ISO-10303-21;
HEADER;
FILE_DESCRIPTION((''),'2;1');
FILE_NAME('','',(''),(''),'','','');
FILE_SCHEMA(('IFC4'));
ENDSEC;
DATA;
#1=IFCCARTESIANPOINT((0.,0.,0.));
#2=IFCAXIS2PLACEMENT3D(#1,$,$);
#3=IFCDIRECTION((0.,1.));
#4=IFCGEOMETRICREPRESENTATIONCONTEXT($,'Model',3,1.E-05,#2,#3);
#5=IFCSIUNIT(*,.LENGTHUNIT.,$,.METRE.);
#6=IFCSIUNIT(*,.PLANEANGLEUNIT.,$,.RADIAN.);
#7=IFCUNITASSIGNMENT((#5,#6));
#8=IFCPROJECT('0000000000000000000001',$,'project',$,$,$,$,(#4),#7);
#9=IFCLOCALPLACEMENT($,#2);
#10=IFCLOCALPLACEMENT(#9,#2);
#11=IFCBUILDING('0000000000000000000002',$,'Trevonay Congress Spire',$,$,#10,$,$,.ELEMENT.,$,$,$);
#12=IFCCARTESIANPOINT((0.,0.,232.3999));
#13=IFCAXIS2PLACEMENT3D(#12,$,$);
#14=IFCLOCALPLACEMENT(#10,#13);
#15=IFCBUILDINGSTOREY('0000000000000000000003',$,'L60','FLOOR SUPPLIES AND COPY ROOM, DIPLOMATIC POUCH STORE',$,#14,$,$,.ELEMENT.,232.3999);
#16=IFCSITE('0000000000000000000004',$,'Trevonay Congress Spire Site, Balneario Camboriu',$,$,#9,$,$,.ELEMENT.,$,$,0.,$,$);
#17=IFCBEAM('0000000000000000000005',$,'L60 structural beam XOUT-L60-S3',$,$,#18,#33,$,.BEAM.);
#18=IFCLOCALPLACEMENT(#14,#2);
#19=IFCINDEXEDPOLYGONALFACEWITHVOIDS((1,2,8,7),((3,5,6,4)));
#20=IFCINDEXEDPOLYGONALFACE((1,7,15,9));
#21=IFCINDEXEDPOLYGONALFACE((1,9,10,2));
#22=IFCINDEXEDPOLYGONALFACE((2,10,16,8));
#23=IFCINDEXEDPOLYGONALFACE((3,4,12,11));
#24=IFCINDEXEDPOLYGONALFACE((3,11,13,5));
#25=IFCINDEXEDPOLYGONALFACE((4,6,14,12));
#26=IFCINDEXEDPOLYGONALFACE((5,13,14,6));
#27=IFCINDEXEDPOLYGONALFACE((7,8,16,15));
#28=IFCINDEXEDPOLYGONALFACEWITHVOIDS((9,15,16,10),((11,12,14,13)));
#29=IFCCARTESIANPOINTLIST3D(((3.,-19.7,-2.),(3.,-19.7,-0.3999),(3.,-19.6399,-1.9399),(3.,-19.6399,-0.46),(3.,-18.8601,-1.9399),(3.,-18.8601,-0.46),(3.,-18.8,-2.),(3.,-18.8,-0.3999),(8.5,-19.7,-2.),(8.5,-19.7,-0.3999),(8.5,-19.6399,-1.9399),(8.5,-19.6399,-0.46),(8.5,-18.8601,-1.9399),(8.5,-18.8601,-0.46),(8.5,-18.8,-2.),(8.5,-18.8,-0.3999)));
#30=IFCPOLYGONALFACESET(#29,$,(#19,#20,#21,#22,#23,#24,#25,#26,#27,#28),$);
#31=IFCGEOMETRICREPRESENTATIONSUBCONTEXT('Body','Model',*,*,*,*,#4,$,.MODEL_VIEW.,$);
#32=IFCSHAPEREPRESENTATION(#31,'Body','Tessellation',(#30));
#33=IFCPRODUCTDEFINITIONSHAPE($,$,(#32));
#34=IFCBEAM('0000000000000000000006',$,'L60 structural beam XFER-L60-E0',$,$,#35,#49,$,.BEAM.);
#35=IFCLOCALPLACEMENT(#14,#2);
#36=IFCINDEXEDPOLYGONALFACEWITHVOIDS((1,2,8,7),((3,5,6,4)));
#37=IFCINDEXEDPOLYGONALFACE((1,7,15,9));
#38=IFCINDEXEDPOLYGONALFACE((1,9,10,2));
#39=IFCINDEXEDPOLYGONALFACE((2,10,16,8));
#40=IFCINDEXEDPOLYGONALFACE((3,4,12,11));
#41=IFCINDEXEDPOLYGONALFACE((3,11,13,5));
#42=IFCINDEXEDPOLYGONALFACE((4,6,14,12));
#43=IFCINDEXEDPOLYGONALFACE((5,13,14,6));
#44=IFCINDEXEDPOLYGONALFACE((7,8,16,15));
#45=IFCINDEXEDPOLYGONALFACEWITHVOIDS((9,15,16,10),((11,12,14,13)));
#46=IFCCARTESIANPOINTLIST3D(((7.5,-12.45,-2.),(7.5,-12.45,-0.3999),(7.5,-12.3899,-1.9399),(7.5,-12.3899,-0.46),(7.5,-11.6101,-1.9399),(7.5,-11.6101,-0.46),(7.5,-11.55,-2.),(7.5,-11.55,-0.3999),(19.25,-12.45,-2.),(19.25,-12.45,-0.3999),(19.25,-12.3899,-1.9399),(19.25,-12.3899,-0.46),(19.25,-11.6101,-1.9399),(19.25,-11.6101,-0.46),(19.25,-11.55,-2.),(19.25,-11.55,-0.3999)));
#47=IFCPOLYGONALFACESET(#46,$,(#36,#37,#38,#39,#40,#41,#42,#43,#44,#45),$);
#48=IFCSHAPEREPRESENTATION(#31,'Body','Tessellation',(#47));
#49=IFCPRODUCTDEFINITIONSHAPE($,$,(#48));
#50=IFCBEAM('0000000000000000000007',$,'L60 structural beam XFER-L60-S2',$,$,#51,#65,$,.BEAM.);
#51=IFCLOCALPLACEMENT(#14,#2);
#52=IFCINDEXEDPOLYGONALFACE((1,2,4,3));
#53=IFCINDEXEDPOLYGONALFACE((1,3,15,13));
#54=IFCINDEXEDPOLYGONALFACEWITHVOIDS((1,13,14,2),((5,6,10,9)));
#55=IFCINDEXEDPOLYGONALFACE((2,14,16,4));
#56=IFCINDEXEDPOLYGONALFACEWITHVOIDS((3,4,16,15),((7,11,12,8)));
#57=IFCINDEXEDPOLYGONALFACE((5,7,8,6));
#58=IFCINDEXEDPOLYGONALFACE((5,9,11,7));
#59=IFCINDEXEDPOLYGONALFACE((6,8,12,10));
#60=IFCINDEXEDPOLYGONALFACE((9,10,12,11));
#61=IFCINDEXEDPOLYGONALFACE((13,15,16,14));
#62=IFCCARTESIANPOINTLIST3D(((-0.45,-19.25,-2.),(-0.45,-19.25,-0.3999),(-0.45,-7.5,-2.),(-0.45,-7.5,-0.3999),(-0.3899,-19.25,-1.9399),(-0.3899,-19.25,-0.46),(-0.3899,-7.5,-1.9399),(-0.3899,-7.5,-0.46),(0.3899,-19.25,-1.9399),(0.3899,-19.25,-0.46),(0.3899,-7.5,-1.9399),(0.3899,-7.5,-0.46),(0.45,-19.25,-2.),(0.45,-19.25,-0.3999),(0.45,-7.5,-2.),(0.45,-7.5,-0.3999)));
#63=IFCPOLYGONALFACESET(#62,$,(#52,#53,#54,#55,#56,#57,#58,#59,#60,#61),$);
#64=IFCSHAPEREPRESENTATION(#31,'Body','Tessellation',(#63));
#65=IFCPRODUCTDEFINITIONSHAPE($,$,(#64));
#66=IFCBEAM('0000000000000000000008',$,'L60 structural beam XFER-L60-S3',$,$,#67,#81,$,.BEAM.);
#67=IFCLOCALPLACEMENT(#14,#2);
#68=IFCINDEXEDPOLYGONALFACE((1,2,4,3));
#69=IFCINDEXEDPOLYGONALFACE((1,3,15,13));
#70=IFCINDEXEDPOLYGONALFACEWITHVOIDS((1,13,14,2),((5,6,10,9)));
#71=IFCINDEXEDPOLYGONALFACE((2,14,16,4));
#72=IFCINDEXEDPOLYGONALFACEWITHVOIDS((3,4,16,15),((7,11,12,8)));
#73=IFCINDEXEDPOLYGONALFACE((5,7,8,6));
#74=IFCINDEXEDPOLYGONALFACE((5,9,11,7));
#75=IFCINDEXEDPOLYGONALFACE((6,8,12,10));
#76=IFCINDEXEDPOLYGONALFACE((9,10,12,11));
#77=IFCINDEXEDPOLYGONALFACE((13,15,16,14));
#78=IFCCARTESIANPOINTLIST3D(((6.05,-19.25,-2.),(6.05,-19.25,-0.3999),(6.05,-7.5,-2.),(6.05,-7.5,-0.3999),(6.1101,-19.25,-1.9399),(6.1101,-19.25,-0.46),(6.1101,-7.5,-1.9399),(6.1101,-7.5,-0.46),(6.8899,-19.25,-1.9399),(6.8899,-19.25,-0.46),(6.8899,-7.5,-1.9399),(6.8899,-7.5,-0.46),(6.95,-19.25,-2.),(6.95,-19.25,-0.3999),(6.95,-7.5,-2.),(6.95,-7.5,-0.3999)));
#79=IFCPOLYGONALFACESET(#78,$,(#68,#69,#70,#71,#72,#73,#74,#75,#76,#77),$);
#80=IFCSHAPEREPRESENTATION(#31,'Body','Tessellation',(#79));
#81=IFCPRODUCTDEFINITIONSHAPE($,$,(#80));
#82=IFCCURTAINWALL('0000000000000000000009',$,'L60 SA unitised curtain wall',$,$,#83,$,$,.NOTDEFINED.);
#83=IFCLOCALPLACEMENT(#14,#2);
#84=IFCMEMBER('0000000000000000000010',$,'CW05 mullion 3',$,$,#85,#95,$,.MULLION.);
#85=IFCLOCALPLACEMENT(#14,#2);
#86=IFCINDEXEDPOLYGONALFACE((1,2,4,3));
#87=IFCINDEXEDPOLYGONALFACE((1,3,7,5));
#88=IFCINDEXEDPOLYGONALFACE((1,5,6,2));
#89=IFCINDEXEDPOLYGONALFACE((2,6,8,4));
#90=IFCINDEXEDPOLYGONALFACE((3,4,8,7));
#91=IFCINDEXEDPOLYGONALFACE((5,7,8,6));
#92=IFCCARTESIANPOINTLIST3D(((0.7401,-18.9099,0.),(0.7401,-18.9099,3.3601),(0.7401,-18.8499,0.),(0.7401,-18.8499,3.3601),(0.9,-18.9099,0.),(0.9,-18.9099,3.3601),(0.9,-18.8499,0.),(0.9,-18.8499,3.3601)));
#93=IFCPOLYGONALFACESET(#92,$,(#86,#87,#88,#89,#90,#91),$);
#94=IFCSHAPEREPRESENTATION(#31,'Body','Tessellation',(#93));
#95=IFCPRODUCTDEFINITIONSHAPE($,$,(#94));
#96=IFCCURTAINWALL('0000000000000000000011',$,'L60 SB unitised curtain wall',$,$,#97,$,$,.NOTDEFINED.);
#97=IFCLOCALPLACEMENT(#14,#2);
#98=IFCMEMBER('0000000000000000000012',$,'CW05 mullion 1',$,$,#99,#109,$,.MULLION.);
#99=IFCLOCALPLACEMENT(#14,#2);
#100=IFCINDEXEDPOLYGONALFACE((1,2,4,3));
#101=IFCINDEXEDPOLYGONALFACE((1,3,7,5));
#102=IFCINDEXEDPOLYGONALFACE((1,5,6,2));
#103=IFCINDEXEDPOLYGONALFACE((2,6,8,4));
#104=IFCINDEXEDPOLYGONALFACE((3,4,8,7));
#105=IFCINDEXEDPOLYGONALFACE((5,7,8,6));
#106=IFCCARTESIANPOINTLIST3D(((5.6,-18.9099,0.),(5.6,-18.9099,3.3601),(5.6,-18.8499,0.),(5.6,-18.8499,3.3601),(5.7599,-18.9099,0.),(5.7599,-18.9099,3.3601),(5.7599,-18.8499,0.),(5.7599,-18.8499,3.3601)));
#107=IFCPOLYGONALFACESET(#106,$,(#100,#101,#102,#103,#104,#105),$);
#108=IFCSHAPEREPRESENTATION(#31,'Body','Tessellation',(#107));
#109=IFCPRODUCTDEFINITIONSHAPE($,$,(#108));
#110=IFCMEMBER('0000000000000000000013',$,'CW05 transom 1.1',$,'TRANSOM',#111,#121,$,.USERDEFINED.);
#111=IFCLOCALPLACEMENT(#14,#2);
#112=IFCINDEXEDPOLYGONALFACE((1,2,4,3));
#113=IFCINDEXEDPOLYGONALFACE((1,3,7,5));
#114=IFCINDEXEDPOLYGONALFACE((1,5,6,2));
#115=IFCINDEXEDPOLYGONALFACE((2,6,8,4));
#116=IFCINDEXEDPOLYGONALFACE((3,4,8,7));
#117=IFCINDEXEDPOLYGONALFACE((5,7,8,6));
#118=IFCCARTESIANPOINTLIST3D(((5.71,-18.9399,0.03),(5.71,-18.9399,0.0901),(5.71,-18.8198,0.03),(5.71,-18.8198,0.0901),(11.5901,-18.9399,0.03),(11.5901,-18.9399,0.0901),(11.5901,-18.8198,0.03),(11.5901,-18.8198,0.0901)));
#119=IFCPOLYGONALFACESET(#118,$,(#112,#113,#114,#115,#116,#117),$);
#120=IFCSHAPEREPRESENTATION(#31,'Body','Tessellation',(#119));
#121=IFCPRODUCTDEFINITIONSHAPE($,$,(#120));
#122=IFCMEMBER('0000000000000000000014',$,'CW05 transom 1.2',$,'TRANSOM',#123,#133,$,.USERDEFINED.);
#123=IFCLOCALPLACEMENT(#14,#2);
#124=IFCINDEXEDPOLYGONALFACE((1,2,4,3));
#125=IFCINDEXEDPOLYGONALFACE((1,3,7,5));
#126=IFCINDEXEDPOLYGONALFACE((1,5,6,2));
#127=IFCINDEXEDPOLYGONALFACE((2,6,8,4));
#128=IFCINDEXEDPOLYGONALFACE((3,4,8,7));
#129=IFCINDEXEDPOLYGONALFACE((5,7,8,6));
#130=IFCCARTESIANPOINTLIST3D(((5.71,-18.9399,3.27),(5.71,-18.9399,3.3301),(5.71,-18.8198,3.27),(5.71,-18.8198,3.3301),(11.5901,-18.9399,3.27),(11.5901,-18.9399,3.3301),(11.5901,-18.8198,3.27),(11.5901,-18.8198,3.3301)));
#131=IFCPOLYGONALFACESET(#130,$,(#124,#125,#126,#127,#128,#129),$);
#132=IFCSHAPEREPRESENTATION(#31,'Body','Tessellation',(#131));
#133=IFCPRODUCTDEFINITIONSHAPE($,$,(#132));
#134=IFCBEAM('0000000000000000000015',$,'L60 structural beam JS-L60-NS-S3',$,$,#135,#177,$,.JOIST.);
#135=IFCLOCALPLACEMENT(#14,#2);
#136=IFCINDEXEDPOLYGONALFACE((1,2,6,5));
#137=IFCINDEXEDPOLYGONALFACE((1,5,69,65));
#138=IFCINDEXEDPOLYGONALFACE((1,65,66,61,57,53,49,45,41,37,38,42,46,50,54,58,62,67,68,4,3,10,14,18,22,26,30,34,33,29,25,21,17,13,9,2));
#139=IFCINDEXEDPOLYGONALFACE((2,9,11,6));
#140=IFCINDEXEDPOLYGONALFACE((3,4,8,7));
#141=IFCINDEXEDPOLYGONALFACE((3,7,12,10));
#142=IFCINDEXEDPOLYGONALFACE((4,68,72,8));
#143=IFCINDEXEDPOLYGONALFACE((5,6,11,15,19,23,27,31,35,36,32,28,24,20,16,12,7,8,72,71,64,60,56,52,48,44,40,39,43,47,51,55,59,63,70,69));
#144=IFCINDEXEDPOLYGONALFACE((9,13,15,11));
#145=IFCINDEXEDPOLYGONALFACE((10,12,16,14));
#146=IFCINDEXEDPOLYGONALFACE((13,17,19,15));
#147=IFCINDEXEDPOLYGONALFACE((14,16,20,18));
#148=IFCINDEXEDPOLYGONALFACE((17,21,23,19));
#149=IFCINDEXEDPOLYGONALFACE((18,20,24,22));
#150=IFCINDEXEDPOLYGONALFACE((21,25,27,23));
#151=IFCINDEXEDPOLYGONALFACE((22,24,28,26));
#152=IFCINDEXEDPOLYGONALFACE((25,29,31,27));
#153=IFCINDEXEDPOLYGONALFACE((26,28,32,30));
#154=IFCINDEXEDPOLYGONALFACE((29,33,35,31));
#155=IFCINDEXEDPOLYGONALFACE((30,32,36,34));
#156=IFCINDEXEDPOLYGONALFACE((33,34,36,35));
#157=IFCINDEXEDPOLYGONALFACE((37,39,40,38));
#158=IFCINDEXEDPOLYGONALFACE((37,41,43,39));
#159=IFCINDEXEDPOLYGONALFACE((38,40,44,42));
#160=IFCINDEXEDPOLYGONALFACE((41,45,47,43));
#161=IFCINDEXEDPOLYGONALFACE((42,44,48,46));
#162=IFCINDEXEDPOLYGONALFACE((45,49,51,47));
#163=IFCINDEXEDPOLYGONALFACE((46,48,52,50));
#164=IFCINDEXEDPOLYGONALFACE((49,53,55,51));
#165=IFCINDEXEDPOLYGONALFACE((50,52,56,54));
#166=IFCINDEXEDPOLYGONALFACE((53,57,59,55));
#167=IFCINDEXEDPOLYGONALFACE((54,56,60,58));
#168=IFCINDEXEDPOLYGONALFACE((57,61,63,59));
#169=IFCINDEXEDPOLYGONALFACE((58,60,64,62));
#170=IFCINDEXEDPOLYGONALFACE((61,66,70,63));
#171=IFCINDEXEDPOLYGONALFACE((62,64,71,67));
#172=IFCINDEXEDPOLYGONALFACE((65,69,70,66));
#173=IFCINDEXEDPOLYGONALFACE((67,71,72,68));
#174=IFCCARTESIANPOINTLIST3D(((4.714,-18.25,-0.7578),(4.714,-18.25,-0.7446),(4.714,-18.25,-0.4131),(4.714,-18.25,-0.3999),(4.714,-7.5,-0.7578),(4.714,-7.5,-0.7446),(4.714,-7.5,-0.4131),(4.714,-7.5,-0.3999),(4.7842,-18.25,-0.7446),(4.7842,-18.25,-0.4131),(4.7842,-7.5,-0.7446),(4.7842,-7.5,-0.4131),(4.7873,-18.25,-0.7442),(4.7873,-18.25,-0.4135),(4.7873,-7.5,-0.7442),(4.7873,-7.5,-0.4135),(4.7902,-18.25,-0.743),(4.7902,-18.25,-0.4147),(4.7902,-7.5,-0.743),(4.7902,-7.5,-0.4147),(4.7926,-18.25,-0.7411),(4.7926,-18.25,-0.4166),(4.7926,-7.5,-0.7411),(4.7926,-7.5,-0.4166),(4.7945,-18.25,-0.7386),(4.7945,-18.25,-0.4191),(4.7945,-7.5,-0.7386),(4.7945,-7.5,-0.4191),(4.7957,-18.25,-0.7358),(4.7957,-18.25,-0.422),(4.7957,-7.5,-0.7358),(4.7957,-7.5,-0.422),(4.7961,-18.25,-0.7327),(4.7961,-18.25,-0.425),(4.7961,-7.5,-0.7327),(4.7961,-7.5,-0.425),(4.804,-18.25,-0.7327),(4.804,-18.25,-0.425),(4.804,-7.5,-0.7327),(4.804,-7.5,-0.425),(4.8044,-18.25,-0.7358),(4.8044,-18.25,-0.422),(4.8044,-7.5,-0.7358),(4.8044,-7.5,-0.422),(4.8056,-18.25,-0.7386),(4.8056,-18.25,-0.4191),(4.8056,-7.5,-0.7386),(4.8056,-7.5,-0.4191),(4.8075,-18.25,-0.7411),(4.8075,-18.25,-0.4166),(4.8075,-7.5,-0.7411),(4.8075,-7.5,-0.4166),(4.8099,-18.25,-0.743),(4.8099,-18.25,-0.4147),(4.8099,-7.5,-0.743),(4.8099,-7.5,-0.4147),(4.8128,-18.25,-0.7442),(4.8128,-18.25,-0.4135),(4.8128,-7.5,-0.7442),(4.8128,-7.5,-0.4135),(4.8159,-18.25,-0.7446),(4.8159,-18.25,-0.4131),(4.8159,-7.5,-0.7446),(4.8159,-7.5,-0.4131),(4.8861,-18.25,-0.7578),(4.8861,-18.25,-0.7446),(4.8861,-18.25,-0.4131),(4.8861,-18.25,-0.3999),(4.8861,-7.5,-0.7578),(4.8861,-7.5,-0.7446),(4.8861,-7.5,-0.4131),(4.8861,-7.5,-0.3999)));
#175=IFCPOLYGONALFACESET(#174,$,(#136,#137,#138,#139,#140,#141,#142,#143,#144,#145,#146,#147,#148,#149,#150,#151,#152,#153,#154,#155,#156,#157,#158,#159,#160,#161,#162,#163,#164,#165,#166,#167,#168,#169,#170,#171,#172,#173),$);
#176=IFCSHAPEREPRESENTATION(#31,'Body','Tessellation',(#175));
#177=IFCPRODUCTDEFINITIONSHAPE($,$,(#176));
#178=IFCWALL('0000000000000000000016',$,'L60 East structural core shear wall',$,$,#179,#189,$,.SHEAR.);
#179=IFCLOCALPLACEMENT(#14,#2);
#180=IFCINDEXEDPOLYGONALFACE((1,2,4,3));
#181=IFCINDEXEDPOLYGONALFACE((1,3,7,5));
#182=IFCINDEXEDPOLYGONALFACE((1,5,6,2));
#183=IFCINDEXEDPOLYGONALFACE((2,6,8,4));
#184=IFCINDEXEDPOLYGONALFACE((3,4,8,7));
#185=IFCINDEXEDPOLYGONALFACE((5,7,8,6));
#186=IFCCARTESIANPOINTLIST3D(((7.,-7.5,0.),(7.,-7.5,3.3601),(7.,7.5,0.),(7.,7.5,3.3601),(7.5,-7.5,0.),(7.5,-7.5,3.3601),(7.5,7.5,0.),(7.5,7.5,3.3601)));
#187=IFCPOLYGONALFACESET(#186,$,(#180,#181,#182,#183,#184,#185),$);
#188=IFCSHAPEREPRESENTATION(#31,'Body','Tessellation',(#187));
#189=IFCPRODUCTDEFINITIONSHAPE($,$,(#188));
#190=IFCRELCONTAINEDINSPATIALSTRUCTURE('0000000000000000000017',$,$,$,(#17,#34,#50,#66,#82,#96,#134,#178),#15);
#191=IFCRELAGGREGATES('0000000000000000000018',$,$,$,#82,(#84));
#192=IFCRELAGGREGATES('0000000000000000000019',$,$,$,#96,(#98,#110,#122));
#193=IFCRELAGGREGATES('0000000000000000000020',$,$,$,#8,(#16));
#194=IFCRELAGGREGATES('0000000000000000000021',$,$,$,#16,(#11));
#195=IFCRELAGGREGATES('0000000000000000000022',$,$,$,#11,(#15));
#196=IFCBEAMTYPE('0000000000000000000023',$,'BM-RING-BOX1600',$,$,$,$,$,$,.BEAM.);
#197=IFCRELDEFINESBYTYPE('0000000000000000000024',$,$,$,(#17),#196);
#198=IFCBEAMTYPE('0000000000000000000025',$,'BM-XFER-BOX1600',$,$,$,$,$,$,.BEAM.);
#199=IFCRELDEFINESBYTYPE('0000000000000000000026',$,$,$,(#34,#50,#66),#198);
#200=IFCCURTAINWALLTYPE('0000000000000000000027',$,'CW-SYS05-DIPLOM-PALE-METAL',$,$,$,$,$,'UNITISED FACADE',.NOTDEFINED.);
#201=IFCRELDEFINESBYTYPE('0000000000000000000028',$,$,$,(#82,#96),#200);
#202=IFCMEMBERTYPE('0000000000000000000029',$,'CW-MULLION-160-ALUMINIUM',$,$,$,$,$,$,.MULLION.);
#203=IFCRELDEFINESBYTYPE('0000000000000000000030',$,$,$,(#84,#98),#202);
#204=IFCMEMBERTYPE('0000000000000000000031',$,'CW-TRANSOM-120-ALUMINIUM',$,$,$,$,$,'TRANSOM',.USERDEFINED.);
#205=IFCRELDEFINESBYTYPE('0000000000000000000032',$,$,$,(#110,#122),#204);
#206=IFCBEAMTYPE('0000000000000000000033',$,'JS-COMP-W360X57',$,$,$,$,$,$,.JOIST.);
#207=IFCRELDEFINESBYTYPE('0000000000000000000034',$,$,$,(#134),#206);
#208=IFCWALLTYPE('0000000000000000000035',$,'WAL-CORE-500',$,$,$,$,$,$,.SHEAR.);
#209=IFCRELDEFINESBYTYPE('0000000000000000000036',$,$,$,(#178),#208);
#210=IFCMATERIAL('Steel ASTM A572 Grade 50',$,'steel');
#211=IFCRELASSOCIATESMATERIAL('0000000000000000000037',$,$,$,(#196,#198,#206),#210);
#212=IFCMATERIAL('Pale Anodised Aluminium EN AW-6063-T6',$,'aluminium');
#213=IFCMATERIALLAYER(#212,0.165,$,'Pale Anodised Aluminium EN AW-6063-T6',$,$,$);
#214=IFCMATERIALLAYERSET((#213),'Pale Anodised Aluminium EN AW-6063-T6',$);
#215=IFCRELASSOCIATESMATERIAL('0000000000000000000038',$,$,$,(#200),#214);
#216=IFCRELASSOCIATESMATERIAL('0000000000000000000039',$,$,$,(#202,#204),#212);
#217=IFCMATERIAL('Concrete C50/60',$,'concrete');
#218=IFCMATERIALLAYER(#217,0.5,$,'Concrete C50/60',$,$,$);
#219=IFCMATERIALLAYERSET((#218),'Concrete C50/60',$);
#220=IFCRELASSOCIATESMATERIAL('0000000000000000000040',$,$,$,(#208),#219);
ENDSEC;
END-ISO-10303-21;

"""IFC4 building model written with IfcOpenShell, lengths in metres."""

from ifc_helpers import new_model, si_unit, direction, frame, frame_2d, origin, origin_2d, place, context, subcontext, project, spatial, rectangle, hollow_rectangle, i_section, extrude, material, layer, layer_set, material_profile, profile_set, type_object, element, aggregate, save


model = new_model("IFC4")

# Units and contexts
model_context = context("Model", 3, precision=1e-05, world=origin(), true_north=direction((0.0, 1.0)))
body_context = subcontext(model_context, "Body", "Model", "MODEL_VIEW")
ifc_project = project(units=[si_unit("LENGTHUNIT", "METRE"), si_unit("PLANEANGLEUNIT", "RADIAN")], contexts=[model_context])

# Site, building, storey
site_placement = place(None, origin())
site = spatial("IfcSite", under=ifc_project, at=site_placement, Name="Trevonay Congress Spire Site, Balneario Camboriu", CompositionType="ELEMENT", RefElevation=0.0)
building_placement = place(site_placement, origin())
building = spatial("IfcBuilding", under=site, at=building_placement, Name="Trevonay Congress Spire", CompositionType="ELEMENT")
storey_placement = place(building_placement, frame((0.0, 0.0, 232.3999)))
storey = spatial("IfcBuildingStorey", under=building, at=storey_placement, Name="L60", Description="FLOOR SUPPLIES AND COPY ROOM, DIPLOMATIC POUCH STORE", CompositionType="ELEMENT", Elevation=232.3999)

# Shared definitions
ifc_material_1 = material(Name="Steel ASTM A572 Grade 50", Category="steel")

# Beams
ifc_material_profile_1 = material_profile(ifc_material_1, hollow_rectangle(XDim=0.8999, YDim=1.6001, WallThickness=0.0601, at=origin_2d()), Name="BOX 1600x900x60")
ifc_profile_set_1 = profile_set([ifc_material_profile_1], Name="Steel ASTM A572 Grade 50")
beam_type_1 = type_object("IfcBeamType", Name="BM-RING-BOX1600", PredefinedType="BEAM", material=ifc_profile_set_1)
for number, where, z_axis, x_axis, name in (
    (1, (3.0, -19.25, -1.2), (1.0, 0.0, 0.0), (0.0, 1.0, 0.0), "L60 structural beam XOUT-L60-S3"),
):
    element("IfcBeam", number, at=place(storey_placement, frame(where, z_axis=z_axis, x_axis=x_axis)), inside=storey, type_object=beam_type_1, Name=name, PredefinedType="BEAM", context=body_context, shape_type="SweptSolid", body=[
        extrude(hollow_rectangle(XDim=0.8999, YDim=1.6001, WallThickness=0.0601, at=origin_2d()), origin(), (0.0, 0.0, 1.0), 5.5),
    ])
ifc_material_profile_2 = material_profile(ifc_material_1, hollow_rectangle(XDim=0.8999, YDim=1.6001, WallThickness=0.0601, at=origin_2d()), Name="BOX 1600x900x60")
ifc_profile_set_2 = profile_set([ifc_material_profile_2], Name="Steel ASTM A572 Grade 50")
beam_type_2 = type_object("IfcBeamType", Name="BM-XFER-BOX1600", PredefinedType="BEAM", material=ifc_profile_set_2)
for number, where, z_axis, x_axis, name in (
    (2, (7.5, -12.0, -1.2), (1.0, 0.0, 0.0), (0.0, 1.0, 0.0), "L60 structural beam XFER-L60-E0"),
    (3, (0.0, -7.5, -1.2), (0.0, -1.0, 0.0), (1.0, 0.0, 0.0), "L60 structural beam XFER-L60-S2"),
    (4, (6.5, -7.5, -1.2), (0.0, -1.0, 0.0), (1.0, 0.0, 0.0), "L60 structural beam XFER-L60-S3"),
):
    element("IfcBeam", number, at=place(storey_placement, frame(where, z_axis=z_axis, x_axis=x_axis)), inside=storey, type_object=beam_type_2, Name=name, PredefinedType="BEAM", context=body_context, shape_type="SweptSolid", body=[
        extrude(hollow_rectangle(XDim=0.8999, YDim=1.6001, WallThickness=0.0601, at=origin_2d()), origin(), (0.0, 0.0, 1.0), 11.75),
    ])

# Curtain wall, member
ifc_material_2 = material(Name="Pale Anodised Aluminium EN AW-6063-T6", Category="aluminium")
ifc_layer_1 = layer(ifc_material_2, 0.165, Name="Pale Anodised Aluminium EN AW-6063-T6")
ifc_layer_set_1 = layer_set([ifc_layer_1], Name="Pale Anodised Aluminium EN AW-6063-T6")
curtain_wall_type = type_object("IfcCurtainWallType", Name="CW-SYS05-DIPLOM-PALE-METAL", ElementType="UNITISED FACADE", PredefinedType="NOTDEFINED", material=ifc_layer_set_1)
curtain_wall_1_placement = place(storey_placement, origin())
curtain_wall_1 = element("IfcCurtainWall", 5, at=curtain_wall_1_placement, inside=storey, type_object=curtain_wall_type, Name="L60 SA unitised curtain wall", PredefinedType="NOTDEFINED")
ifc_material_profile_3 = material_profile(ifc_material_2, rectangle(XDim=0.0601, YDim=0.1599, at=origin_2d()), Name="CW-MULLION-160-ALUMINIUM")
ifc_profile_set_3 = profile_set([ifc_material_profile_3], Name="Pale Anodised Aluminium EN AW-6063-T6")
member_type_1 = type_object("IfcMemberType", Name="CW-MULLION-160-ALUMINIUM", PredefinedType="MULLION", material=ifc_profile_set_3)
member_1_placement = place(storey_placement, frame((0.8201, -18.8799, 0.0), z_axis=(0.0, 0.0, 1.0), x_axis=(0.0, 1.0, 0.0)))
member_1 = element("IfcMember", 6, at=member_1_placement, type_object=member_type_1, Name="CW05 mullion 3", PredefinedType="MULLION", context=body_context, shape_type="SweptSolid", body=[
    extrude(rectangle(XDim=0.0601, YDim=0.1599, at=origin_2d()), origin(), (0.0, 0.0, 1.0), 3.3601),
])
aggregate(curtain_wall_1, [member_1])

# Curtain wall, members
curtain_wall_2_placement = place(storey_placement, origin())
curtain_wall_2 = element("IfcCurtainWall", 7, at=curtain_wall_2_placement, inside=storey, type_object=curtain_wall_type, Name="L60 SB unitised curtain wall", PredefinedType="NOTDEFINED")
member_2_placement = place(storey_placement, frame((5.6799, -18.8799, 0.0), z_axis=(0.0, 0.0, 1.0), x_axis=(0.0, 1.0, 0.0)))
member_2 = element("IfcMember", 8, at=member_2_placement, type_object=member_type_1, Name="CW05 mullion 1", PredefinedType="MULLION", context=body_context, shape_type="SweptSolid", body=[
    extrude(rectangle(XDim=0.0601, YDim=0.1599, at=origin_2d()), origin(), (0.0, 0.0, 1.0), 3.3601),
])
ifc_material_profile_4 = material_profile(ifc_material_2, rectangle(XDim=0.1201, YDim=0.0601, at=origin_2d()), Name="CW-TRANSOM-120-ALUMINIUM")
ifc_profile_set_4 = profile_set([ifc_material_profile_4], Name="Pale Anodised Aluminium EN AW-6063-T6")
member_type_2 = type_object("IfcMemberType", Name="CW-TRANSOM-120-ALUMINIUM", ElementType="TRANSOM", PredefinedType="USERDEFINED", material=ifc_profile_set_4)
member_3_placement = place(storey_placement, frame((5.71, -18.8799, 0.0601), z_axis=(1.0, 0.0, 0.0), x_axis=(0.0, 1.0, 0.0)))
member_3 = element("IfcMember", 9, at=member_3_placement, type_object=member_type_2, Name="CW05 transom 1.1", ObjectType="TRANSOM", PredefinedType="USERDEFINED", context=body_context, shape_type="SweptSolid", body=[
    extrude(rectangle(XDim=0.1201, YDim=0.0601, at=origin_2d()), origin(), (0.0, 0.0, 1.0), 5.8801),
])
member_4_placement = place(storey_placement, frame((5.71, -18.8799, 3.3), z_axis=(1.0, 0.0, 0.0), x_axis=(0.0, 1.0, 0.0)))
member_4 = element("IfcMember", 10, at=member_4_placement, type_object=member_type_2, Name="CW05 transom 1.2", ObjectType="TRANSOM", PredefinedType="USERDEFINED", context=body_context, shape_type="SweptSolid", body=[
    extrude(rectangle(XDim=0.1201, YDim=0.0601, at=origin_2d()), origin(), (0.0, 0.0, 1.0), 5.8801),
])
aggregate(curtain_wall_2, [member_2, member_3, member_4])

# Beam
ifc_material_profile_5 = material_profile(ifc_material_1, i_section(OverallWidth=0.1721, OverallDepth=0.3579, WebThickness=0.0078, FlangeThickness=0.0132, FilletRadius=0.012, at=origin_2d()), Name="W360x57.8")
ifc_profile_set_5 = profile_set([ifc_material_profile_5], Name="Steel ASTM A572 Grade 50")
beam_type_3 = type_object("IfcBeamType", Name="JS-COMP-W360X57", PredefinedType="JOIST", material=ifc_profile_set_5)
beam_1_placement = place(storey_placement, frame((4.8, -18.25, -0.5789), z_axis=(0.0, 1.0, 0.0), x_axis=(-1.0, 0.0, 0.0)))
element("IfcBeam", 11, at=beam_1_placement, inside=storey, type_object=beam_type_3, Name="L60 structural beam JS-L60-NS-S3", PredefinedType="JOIST", context=body_context, shape_type="SweptSolid", body=[
    extrude(i_section(OverallWidth=0.1721, OverallDepth=0.3579, WebThickness=0.0078, FlangeThickness=0.0132, FilletRadius=0.012, at=origin_2d()), origin(), (0.0, 0.0, 1.0), 10.75),
])

# Wall
ifc_material_3 = material(Name="Concrete C50/60", Category="concrete")
ifc_layer_2 = layer(ifc_material_3, 0.5, Name="Concrete C50/60")
ifc_layer_set_2 = layer_set([ifc_layer_2], Name="Concrete C50/60")
wall_type_1 = type_object("IfcWallType", Name="WAL-CORE-500", PredefinedType="SHEAR", material=ifc_layer_set_2)
wall_1_placement = place(storey_placement, frame((7.25, -7.5, 0.0), z_axis=(0.0, 0.0, 1.0), x_axis=(0.0, 1.0, 0.0)))
element("IfcWall", 12, at=wall_1_placement, inside=storey, type_object=wall_type_1, Name="L60 East structural core shear wall", PredefinedType="SHEAR", context=body_context, shape_type="SweptSolid", body=[
    extrude(rectangle(XDim=15.0, YDim=0.5, at=frame_2d((7.5, 0.0))), origin(), (0.0, 0.0, 1.0), 3.3601),
])

save(model, "model.ifc")
